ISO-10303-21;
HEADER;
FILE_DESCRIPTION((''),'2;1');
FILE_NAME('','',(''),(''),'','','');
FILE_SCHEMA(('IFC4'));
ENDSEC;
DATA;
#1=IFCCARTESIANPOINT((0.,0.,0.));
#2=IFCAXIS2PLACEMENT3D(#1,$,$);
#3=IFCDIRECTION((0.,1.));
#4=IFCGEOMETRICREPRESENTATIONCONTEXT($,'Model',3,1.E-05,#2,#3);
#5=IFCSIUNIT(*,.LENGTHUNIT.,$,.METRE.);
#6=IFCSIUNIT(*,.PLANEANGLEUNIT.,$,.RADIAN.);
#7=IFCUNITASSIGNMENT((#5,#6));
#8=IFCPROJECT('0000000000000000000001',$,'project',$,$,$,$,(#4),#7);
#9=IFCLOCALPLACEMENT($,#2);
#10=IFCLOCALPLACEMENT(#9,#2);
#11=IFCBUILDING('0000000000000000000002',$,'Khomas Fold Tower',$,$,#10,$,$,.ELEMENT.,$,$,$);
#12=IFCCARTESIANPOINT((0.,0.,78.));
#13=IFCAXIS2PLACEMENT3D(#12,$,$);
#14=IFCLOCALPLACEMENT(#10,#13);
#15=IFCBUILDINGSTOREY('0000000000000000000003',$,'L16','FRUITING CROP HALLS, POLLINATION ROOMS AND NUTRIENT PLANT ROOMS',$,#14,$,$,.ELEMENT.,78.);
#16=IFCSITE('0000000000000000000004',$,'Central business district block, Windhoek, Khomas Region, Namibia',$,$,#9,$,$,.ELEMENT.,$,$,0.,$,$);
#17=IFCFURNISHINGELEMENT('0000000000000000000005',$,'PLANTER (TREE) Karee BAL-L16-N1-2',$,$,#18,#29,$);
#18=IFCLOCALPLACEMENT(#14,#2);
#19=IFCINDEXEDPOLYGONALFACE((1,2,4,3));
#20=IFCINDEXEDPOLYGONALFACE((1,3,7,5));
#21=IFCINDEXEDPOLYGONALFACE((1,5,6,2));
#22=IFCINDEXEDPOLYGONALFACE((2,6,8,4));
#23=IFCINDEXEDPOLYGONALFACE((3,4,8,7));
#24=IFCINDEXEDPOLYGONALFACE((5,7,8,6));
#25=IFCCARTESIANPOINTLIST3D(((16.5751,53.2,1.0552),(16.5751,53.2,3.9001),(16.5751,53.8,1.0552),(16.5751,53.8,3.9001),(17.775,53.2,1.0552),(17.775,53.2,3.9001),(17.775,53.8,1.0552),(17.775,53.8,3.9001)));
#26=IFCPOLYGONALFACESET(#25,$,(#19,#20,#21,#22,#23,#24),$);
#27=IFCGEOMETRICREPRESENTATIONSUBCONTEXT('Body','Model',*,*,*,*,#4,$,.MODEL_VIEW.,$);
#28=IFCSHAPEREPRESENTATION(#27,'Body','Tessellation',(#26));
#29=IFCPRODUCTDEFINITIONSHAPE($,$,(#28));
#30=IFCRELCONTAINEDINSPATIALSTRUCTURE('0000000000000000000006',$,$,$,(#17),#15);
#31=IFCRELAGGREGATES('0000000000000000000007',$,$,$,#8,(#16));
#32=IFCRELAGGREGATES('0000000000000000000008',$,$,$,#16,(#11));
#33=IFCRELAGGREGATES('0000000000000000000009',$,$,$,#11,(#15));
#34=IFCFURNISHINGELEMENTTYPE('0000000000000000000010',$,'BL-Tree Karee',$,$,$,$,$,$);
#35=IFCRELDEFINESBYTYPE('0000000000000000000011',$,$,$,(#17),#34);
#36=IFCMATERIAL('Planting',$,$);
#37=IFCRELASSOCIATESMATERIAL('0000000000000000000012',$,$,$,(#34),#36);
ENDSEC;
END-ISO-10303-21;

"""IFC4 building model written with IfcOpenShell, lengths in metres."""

from ifc_helpers import new_model, si_unit, direction, frame, origin, origin_2d, place, context, subcontext, project, spatial, rectangle, extrude, source, transform, mapped, material, type_object, element, save


model = new_model("IFC4")

# Units and contexts
model_context = context("Model", 3, precision=1e-05, world=origin(), true_north=direction((0.0, 1.0)))
body_context = subcontext(model_context, "Body", "Model", "MODEL_VIEW")
ifc_project = project(units=[si_unit("LENGTHUNIT", "METRE"), si_unit("PLANEANGLEUNIT", "RADIAN")], contexts=[model_context])

# Site, building, storey
site_placement = place(None, origin())
site = spatial("IfcSite", under=ifc_project, at=site_placement, Name="Central business district block, Windhoek, Khomas Region, Namibia", CompositionType="ELEMENT", RefElevation=0.0)
building_placement = place(site_placement, origin())
building = spatial("IfcBuilding", under=site, at=building_placement, Name="Khomas Fold Tower", CompositionType="ELEMENT")
storey_placement = place(building_placement, frame((0.0, 0.0, 78.0)))
storey = spatial("IfcBuildingStorey", under=building, at=storey_placement, Name="L16", Description="FRUITING CROP HALLS, POLLINATION ROOMS AND NUTRIENT PLANT ROOMS", CompositionType="ELEMENT", Elevation=78.0)

# Furnishing element
shared_shape_1 = source(origin(), body_context, "Body", "SweptSolid", [
    extrude(rectangle(XDim=1.2, YDim=0.6001, at=origin_2d()), origin(), (0.0, 0.0, 1.0), 2.845),
])
ifc_material_1 = material(Name="Planting")
furnishing_element_type_1 = type_object("IfcFurnishingElementType", Name="BL-Tree Karee", material=ifc_material_1)
furnishing_1_placement = place(storey_placement, frame((17.175, 53.5, 1.0552), z_axis=(0.0, 0.0, 1.0), x_axis=(1.0, 0.0, 0.0)))
element("IfcFurnishingElement", 1, at=furnishing_1_placement, inside=storey, type_object=furnishing_element_type_1, Name="PLANTER (TREE) Karee BAL-L16-N1-2", context=body_context, shape_type="MappedRepresentation", body=[
    mapped(shared_shape_1, transform((0.0, 0.0, 0.0))),
])

save(model, "model.ifc")
